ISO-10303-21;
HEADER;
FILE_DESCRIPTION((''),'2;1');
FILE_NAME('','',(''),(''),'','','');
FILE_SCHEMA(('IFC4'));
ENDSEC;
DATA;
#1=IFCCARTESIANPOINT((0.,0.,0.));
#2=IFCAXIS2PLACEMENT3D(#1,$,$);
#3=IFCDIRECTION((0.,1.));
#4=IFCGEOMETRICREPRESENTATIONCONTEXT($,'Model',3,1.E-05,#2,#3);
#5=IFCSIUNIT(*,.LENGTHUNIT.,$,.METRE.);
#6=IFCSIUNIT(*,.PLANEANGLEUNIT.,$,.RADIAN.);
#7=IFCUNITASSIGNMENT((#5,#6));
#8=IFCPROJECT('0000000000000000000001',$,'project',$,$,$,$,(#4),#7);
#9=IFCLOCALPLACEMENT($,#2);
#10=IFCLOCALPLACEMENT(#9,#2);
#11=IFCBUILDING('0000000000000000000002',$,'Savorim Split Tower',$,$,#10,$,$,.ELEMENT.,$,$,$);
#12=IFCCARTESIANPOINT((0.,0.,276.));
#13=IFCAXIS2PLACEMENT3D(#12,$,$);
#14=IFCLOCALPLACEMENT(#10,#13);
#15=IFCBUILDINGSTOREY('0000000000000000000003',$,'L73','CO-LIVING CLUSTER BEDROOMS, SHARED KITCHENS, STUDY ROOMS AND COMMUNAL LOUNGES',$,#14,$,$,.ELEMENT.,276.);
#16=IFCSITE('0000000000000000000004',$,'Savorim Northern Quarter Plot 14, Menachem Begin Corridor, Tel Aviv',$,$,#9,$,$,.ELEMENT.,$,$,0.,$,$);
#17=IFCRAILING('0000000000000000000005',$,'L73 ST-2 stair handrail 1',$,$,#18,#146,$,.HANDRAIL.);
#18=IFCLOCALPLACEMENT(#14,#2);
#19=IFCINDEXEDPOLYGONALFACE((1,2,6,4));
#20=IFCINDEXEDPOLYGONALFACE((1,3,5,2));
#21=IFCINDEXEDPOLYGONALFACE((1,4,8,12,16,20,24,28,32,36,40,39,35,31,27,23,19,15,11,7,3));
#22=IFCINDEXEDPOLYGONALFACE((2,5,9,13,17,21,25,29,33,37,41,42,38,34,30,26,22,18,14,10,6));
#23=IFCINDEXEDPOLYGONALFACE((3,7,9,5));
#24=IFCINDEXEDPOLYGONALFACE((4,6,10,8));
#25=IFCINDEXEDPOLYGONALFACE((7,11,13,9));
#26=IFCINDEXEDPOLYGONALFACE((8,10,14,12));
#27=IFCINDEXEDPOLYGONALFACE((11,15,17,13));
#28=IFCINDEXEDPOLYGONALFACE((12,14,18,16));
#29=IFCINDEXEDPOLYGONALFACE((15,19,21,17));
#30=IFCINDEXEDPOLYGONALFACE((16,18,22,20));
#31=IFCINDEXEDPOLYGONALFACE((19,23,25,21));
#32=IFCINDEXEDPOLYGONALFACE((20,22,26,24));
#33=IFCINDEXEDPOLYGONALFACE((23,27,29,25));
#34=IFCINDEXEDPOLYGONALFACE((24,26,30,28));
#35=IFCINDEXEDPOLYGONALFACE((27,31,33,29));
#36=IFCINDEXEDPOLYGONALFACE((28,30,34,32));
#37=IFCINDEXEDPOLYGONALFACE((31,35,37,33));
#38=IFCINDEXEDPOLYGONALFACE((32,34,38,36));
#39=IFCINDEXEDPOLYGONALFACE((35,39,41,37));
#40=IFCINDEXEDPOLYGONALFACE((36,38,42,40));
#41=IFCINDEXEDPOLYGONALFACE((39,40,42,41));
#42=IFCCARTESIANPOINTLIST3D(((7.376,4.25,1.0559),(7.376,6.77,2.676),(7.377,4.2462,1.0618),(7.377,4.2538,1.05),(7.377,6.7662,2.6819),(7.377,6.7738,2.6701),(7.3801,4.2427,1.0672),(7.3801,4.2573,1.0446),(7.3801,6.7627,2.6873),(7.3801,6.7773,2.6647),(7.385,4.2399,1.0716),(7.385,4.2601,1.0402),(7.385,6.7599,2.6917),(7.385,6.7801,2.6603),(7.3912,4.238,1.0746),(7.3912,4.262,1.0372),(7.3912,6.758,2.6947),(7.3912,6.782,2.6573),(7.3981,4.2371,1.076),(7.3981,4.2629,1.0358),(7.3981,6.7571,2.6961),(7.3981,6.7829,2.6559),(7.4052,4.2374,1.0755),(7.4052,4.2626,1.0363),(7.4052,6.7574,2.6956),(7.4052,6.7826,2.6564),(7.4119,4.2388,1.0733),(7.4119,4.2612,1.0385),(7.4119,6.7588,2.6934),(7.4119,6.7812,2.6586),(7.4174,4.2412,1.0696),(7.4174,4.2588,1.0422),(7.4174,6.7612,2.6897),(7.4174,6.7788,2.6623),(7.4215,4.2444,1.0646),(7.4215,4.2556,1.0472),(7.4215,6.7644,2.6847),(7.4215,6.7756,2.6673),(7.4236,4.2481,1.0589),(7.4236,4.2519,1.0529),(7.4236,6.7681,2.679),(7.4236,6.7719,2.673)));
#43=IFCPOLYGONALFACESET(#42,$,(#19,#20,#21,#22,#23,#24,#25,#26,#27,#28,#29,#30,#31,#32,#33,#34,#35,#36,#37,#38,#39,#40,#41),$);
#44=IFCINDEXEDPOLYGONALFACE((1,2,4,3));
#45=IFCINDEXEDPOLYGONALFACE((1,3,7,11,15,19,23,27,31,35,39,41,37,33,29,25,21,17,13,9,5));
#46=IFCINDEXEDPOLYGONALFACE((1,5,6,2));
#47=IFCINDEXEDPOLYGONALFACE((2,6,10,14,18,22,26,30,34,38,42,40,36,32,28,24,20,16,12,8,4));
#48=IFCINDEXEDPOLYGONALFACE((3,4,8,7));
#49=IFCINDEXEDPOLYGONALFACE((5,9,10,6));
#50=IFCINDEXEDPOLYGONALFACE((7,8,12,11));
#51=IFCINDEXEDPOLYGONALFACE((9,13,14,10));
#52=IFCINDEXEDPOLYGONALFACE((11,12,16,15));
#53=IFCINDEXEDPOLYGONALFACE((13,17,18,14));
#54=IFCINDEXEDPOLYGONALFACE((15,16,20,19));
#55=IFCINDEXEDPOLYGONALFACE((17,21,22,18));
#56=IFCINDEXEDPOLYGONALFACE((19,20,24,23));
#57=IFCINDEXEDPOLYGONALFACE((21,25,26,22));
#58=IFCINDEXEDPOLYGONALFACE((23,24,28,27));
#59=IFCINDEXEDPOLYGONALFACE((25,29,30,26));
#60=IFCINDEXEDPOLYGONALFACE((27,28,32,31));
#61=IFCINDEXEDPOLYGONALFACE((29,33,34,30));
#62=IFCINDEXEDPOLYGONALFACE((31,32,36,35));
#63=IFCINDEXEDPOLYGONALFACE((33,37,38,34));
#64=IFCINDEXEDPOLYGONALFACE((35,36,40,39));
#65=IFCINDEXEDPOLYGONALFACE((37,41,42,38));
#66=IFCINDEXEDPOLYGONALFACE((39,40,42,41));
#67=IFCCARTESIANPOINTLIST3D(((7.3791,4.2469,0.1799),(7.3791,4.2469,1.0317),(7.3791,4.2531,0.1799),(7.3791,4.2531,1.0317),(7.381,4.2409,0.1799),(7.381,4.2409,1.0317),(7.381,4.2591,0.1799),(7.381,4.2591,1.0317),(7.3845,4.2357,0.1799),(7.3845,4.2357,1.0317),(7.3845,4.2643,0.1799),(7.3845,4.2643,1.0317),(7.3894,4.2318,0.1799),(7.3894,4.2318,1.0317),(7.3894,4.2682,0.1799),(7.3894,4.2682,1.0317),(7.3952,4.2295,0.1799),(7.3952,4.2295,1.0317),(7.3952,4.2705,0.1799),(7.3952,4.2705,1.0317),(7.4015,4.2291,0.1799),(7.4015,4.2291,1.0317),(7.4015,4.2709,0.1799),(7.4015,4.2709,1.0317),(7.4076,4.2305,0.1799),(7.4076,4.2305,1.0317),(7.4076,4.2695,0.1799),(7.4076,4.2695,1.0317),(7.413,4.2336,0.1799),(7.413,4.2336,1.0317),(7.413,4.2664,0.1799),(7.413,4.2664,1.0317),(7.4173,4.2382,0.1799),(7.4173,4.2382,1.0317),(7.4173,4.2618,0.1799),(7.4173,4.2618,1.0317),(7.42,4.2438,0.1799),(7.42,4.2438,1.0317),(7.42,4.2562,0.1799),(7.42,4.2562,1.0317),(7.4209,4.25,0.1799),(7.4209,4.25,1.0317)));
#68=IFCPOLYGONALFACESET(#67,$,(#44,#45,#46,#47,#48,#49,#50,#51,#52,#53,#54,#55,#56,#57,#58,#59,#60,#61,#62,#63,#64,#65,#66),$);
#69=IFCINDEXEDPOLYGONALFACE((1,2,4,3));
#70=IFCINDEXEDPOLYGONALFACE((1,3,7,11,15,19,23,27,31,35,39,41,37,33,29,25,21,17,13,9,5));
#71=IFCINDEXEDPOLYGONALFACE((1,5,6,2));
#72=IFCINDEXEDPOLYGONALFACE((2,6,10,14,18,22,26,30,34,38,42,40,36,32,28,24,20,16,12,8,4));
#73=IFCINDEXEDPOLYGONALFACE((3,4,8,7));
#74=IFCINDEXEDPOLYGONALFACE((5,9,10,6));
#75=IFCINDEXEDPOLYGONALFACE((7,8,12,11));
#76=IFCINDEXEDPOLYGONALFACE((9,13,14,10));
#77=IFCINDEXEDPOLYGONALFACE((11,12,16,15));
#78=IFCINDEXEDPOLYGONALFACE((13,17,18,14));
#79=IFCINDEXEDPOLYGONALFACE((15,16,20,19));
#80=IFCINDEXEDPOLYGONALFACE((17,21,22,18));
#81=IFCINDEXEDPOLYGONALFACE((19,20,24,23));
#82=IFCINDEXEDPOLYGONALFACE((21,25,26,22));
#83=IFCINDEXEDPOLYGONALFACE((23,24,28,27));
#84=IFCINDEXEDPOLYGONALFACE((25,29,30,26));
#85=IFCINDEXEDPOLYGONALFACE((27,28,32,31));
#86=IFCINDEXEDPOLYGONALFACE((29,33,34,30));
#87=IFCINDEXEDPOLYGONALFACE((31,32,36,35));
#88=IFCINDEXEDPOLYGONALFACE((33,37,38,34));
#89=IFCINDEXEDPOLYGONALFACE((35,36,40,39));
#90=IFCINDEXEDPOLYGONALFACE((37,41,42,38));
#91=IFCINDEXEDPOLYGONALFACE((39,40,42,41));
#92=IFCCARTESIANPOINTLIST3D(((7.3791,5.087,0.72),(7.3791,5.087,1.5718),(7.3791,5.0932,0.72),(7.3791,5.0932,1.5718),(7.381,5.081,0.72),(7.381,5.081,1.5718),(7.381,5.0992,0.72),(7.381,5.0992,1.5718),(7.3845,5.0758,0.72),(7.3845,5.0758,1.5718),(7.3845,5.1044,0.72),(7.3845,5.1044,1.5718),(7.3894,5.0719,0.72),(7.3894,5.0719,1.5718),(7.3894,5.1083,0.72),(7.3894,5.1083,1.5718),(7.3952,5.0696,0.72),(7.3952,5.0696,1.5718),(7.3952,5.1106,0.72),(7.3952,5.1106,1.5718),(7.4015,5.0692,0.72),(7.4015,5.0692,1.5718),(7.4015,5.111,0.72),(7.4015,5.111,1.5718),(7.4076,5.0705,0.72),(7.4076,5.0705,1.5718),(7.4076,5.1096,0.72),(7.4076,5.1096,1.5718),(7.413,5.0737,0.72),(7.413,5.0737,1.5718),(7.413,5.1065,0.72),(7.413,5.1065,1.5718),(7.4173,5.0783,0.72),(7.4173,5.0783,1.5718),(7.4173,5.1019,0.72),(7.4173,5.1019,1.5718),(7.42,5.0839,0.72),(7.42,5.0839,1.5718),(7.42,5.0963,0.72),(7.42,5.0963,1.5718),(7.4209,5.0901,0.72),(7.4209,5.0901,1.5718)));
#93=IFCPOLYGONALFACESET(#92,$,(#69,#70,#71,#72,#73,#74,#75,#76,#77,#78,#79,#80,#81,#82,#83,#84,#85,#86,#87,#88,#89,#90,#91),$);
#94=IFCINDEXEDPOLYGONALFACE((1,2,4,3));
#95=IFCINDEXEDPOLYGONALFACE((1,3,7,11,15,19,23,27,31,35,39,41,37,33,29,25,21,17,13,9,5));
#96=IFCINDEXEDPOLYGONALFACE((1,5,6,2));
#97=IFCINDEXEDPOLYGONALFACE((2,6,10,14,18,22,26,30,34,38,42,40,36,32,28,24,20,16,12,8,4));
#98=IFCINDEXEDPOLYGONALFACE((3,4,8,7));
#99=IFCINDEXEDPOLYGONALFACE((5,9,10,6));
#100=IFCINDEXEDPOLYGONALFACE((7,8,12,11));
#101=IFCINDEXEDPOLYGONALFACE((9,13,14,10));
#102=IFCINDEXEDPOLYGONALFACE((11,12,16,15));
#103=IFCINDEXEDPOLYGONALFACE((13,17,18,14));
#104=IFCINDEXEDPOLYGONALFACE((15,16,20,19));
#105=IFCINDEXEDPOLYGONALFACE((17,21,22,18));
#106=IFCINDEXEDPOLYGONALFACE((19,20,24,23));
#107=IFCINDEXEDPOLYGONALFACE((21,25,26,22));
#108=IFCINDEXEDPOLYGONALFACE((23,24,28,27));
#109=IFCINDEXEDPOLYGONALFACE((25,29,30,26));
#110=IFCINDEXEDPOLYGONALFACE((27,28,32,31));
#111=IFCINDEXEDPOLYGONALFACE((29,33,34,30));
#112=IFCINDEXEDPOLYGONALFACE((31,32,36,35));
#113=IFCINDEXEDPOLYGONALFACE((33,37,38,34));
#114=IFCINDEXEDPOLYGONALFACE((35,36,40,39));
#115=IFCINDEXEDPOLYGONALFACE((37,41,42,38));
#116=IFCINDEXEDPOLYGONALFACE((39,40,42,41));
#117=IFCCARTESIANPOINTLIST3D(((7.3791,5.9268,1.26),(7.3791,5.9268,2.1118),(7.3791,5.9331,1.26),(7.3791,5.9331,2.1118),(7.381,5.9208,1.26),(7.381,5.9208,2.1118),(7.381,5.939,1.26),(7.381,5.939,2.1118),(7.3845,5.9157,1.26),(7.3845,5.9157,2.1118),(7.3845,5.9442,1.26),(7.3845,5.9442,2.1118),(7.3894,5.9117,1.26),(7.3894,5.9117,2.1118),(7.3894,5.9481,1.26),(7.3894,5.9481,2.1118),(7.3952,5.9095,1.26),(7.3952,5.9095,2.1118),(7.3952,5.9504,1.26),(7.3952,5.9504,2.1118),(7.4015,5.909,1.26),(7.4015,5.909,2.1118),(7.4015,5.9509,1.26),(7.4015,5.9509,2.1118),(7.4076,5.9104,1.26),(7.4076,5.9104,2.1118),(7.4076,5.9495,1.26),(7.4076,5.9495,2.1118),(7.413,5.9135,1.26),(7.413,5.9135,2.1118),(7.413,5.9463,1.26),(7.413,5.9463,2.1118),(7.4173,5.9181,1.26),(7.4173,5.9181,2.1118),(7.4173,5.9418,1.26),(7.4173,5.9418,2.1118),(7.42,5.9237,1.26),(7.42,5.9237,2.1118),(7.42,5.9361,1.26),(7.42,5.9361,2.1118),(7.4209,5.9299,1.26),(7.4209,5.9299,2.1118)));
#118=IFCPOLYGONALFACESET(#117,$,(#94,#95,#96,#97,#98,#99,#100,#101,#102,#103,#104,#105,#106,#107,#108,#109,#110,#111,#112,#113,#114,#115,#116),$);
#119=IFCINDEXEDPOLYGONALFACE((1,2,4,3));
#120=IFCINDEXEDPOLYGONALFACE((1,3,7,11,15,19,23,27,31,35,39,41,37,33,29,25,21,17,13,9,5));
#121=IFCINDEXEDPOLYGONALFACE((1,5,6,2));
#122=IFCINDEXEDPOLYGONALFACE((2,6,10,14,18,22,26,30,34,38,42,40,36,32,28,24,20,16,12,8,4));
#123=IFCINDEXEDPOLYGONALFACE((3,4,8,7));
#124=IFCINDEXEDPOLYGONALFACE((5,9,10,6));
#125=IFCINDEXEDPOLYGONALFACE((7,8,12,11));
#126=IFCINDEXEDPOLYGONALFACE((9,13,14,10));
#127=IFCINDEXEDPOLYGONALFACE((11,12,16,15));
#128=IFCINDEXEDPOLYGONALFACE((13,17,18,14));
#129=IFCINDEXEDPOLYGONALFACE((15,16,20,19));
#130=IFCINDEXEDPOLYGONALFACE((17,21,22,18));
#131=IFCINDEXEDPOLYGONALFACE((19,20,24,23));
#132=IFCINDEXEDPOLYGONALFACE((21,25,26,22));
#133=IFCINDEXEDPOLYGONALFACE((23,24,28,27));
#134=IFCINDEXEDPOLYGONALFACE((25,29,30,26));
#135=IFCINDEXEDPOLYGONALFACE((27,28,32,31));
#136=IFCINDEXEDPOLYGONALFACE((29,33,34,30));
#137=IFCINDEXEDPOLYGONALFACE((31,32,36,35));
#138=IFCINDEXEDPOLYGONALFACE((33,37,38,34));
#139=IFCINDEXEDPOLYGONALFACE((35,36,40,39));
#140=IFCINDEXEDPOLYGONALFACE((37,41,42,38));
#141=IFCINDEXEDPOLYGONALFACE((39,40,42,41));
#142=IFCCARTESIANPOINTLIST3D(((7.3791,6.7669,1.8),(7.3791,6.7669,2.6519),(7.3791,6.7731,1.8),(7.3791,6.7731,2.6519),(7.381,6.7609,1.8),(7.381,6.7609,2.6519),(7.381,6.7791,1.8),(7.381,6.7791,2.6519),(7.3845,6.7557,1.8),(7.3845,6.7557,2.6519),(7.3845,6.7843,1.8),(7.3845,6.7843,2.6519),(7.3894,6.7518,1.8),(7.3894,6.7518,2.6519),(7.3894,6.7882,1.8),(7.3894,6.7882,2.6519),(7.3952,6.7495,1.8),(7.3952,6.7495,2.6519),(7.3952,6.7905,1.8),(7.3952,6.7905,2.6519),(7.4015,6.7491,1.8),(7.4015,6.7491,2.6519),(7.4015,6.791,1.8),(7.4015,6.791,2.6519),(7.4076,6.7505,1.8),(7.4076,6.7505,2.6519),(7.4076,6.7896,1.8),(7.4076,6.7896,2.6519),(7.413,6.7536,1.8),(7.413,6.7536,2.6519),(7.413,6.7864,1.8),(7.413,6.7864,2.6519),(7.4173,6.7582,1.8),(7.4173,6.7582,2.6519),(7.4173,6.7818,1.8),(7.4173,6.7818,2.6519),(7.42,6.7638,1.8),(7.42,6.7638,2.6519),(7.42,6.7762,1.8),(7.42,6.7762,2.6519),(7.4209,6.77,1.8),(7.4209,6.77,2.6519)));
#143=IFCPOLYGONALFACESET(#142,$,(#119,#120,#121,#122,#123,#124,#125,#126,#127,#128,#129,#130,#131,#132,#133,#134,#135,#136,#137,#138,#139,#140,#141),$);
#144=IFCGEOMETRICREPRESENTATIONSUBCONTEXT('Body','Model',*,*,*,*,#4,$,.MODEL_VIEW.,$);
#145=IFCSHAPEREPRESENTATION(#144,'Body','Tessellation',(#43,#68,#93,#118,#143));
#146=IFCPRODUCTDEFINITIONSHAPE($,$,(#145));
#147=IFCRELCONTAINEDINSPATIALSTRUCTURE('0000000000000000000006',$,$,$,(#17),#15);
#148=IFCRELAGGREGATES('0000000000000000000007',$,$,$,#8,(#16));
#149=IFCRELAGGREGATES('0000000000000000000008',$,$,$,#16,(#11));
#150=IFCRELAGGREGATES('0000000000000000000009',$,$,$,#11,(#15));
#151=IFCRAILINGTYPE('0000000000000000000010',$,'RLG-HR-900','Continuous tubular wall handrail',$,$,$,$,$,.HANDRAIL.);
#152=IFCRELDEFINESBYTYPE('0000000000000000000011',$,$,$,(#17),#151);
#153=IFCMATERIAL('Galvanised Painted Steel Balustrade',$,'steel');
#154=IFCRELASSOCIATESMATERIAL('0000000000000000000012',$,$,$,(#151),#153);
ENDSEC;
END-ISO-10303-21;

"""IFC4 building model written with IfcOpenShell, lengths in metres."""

from ifc_helpers import new_model, si_unit, direction, frame, origin, origin_2d, place, context, subcontext, project, spatial, circle, extrude, material, type_object, element, save


model = new_model("IFC4")

# Units and contexts
model_context = context("Model", 3, precision=1e-05, world=origin(), true_north=direction((0.0, 1.0)))
body_context = subcontext(model_context, "Body", "Model", "MODEL_VIEW")
ifc_project = project(units=[si_unit("LENGTHUNIT", "METRE"), si_unit("PLANEANGLEUNIT", "RADIAN")], contexts=[model_context])

# Site, building, storey
site_placement = place(None, origin())
site = spatial("IfcSite", under=ifc_project, at=site_placement, Name="Savorim Northern Quarter Plot 14, Menachem Begin Corridor, Tel Aviv", CompositionType="ELEMENT", RefElevation=0.0)
building_placement = place(site_placement, origin())
building = spatial("IfcBuilding", under=site, at=building_placement, Name="Savorim Split Tower", CompositionType="ELEMENT")
storey_placement = place(building_placement, frame((0.0, 0.0, 276.0)))
storey = spatial("IfcBuildingStorey", under=building, at=storey_placement, Name="L73", Description="CO-LIVING CLUSTER BEDROOMS, SHARED KITCHENS, STUDY ROOMS AND COMMUNAL LOUNGES", CompositionType="ELEMENT", Elevation=276.0)

# Railing
ifc_material_1 = material(Name="Galvanised Painted Steel Balustrade", Category="steel")
railing_type_1 = type_object("IfcRailingType", Name="RLG-HR-900", Description="Continuous tubular wall handrail", PredefinedType="HANDRAIL", material=ifc_material_1)
railing_1_placement = place(storey_placement, frame((7.3999, 4.25, 0.1799)))
element("IfcRailing", 1, at=railing_1_placement, inside=storey, type_object=railing_type_1, Name="L73 ST-2 stair handrail 1", PredefinedType="HANDRAIL", context=body_context, shape_type="SweptSolid", body=[
    extrude(circle(Radius=0.0239, at=origin_2d()), frame((0.0, 0.0, 0.876), z_axis=(0.0, 0.841163, 0.540782), x_axis=(-1.0, 0.0, 0.0)), (0.0, 0.0, 1.0), 2.9958),
    extrude(circle(Radius=0.021, at=origin_2d()), origin(), (0.0, 0.0, 1.0), 0.8518),
    extrude(circle(Radius=0.021, at=origin_2d()), frame((0.0, 0.8401, 0.54)), (0.0, 0.0, 1.0), 0.8518),
    extrude(circle(Radius=0.021, at=origin_2d()), frame((0.0, 1.6799, 1.0801)), (0.0, 0.0, 1.0), 0.8518),
    extrude(circle(Radius=0.021, at=origin_2d()), frame((0.0, 2.52, 1.6201)), (0.0, 0.0, 1.0), 0.8518),
])

save(model, "model.ifc")
